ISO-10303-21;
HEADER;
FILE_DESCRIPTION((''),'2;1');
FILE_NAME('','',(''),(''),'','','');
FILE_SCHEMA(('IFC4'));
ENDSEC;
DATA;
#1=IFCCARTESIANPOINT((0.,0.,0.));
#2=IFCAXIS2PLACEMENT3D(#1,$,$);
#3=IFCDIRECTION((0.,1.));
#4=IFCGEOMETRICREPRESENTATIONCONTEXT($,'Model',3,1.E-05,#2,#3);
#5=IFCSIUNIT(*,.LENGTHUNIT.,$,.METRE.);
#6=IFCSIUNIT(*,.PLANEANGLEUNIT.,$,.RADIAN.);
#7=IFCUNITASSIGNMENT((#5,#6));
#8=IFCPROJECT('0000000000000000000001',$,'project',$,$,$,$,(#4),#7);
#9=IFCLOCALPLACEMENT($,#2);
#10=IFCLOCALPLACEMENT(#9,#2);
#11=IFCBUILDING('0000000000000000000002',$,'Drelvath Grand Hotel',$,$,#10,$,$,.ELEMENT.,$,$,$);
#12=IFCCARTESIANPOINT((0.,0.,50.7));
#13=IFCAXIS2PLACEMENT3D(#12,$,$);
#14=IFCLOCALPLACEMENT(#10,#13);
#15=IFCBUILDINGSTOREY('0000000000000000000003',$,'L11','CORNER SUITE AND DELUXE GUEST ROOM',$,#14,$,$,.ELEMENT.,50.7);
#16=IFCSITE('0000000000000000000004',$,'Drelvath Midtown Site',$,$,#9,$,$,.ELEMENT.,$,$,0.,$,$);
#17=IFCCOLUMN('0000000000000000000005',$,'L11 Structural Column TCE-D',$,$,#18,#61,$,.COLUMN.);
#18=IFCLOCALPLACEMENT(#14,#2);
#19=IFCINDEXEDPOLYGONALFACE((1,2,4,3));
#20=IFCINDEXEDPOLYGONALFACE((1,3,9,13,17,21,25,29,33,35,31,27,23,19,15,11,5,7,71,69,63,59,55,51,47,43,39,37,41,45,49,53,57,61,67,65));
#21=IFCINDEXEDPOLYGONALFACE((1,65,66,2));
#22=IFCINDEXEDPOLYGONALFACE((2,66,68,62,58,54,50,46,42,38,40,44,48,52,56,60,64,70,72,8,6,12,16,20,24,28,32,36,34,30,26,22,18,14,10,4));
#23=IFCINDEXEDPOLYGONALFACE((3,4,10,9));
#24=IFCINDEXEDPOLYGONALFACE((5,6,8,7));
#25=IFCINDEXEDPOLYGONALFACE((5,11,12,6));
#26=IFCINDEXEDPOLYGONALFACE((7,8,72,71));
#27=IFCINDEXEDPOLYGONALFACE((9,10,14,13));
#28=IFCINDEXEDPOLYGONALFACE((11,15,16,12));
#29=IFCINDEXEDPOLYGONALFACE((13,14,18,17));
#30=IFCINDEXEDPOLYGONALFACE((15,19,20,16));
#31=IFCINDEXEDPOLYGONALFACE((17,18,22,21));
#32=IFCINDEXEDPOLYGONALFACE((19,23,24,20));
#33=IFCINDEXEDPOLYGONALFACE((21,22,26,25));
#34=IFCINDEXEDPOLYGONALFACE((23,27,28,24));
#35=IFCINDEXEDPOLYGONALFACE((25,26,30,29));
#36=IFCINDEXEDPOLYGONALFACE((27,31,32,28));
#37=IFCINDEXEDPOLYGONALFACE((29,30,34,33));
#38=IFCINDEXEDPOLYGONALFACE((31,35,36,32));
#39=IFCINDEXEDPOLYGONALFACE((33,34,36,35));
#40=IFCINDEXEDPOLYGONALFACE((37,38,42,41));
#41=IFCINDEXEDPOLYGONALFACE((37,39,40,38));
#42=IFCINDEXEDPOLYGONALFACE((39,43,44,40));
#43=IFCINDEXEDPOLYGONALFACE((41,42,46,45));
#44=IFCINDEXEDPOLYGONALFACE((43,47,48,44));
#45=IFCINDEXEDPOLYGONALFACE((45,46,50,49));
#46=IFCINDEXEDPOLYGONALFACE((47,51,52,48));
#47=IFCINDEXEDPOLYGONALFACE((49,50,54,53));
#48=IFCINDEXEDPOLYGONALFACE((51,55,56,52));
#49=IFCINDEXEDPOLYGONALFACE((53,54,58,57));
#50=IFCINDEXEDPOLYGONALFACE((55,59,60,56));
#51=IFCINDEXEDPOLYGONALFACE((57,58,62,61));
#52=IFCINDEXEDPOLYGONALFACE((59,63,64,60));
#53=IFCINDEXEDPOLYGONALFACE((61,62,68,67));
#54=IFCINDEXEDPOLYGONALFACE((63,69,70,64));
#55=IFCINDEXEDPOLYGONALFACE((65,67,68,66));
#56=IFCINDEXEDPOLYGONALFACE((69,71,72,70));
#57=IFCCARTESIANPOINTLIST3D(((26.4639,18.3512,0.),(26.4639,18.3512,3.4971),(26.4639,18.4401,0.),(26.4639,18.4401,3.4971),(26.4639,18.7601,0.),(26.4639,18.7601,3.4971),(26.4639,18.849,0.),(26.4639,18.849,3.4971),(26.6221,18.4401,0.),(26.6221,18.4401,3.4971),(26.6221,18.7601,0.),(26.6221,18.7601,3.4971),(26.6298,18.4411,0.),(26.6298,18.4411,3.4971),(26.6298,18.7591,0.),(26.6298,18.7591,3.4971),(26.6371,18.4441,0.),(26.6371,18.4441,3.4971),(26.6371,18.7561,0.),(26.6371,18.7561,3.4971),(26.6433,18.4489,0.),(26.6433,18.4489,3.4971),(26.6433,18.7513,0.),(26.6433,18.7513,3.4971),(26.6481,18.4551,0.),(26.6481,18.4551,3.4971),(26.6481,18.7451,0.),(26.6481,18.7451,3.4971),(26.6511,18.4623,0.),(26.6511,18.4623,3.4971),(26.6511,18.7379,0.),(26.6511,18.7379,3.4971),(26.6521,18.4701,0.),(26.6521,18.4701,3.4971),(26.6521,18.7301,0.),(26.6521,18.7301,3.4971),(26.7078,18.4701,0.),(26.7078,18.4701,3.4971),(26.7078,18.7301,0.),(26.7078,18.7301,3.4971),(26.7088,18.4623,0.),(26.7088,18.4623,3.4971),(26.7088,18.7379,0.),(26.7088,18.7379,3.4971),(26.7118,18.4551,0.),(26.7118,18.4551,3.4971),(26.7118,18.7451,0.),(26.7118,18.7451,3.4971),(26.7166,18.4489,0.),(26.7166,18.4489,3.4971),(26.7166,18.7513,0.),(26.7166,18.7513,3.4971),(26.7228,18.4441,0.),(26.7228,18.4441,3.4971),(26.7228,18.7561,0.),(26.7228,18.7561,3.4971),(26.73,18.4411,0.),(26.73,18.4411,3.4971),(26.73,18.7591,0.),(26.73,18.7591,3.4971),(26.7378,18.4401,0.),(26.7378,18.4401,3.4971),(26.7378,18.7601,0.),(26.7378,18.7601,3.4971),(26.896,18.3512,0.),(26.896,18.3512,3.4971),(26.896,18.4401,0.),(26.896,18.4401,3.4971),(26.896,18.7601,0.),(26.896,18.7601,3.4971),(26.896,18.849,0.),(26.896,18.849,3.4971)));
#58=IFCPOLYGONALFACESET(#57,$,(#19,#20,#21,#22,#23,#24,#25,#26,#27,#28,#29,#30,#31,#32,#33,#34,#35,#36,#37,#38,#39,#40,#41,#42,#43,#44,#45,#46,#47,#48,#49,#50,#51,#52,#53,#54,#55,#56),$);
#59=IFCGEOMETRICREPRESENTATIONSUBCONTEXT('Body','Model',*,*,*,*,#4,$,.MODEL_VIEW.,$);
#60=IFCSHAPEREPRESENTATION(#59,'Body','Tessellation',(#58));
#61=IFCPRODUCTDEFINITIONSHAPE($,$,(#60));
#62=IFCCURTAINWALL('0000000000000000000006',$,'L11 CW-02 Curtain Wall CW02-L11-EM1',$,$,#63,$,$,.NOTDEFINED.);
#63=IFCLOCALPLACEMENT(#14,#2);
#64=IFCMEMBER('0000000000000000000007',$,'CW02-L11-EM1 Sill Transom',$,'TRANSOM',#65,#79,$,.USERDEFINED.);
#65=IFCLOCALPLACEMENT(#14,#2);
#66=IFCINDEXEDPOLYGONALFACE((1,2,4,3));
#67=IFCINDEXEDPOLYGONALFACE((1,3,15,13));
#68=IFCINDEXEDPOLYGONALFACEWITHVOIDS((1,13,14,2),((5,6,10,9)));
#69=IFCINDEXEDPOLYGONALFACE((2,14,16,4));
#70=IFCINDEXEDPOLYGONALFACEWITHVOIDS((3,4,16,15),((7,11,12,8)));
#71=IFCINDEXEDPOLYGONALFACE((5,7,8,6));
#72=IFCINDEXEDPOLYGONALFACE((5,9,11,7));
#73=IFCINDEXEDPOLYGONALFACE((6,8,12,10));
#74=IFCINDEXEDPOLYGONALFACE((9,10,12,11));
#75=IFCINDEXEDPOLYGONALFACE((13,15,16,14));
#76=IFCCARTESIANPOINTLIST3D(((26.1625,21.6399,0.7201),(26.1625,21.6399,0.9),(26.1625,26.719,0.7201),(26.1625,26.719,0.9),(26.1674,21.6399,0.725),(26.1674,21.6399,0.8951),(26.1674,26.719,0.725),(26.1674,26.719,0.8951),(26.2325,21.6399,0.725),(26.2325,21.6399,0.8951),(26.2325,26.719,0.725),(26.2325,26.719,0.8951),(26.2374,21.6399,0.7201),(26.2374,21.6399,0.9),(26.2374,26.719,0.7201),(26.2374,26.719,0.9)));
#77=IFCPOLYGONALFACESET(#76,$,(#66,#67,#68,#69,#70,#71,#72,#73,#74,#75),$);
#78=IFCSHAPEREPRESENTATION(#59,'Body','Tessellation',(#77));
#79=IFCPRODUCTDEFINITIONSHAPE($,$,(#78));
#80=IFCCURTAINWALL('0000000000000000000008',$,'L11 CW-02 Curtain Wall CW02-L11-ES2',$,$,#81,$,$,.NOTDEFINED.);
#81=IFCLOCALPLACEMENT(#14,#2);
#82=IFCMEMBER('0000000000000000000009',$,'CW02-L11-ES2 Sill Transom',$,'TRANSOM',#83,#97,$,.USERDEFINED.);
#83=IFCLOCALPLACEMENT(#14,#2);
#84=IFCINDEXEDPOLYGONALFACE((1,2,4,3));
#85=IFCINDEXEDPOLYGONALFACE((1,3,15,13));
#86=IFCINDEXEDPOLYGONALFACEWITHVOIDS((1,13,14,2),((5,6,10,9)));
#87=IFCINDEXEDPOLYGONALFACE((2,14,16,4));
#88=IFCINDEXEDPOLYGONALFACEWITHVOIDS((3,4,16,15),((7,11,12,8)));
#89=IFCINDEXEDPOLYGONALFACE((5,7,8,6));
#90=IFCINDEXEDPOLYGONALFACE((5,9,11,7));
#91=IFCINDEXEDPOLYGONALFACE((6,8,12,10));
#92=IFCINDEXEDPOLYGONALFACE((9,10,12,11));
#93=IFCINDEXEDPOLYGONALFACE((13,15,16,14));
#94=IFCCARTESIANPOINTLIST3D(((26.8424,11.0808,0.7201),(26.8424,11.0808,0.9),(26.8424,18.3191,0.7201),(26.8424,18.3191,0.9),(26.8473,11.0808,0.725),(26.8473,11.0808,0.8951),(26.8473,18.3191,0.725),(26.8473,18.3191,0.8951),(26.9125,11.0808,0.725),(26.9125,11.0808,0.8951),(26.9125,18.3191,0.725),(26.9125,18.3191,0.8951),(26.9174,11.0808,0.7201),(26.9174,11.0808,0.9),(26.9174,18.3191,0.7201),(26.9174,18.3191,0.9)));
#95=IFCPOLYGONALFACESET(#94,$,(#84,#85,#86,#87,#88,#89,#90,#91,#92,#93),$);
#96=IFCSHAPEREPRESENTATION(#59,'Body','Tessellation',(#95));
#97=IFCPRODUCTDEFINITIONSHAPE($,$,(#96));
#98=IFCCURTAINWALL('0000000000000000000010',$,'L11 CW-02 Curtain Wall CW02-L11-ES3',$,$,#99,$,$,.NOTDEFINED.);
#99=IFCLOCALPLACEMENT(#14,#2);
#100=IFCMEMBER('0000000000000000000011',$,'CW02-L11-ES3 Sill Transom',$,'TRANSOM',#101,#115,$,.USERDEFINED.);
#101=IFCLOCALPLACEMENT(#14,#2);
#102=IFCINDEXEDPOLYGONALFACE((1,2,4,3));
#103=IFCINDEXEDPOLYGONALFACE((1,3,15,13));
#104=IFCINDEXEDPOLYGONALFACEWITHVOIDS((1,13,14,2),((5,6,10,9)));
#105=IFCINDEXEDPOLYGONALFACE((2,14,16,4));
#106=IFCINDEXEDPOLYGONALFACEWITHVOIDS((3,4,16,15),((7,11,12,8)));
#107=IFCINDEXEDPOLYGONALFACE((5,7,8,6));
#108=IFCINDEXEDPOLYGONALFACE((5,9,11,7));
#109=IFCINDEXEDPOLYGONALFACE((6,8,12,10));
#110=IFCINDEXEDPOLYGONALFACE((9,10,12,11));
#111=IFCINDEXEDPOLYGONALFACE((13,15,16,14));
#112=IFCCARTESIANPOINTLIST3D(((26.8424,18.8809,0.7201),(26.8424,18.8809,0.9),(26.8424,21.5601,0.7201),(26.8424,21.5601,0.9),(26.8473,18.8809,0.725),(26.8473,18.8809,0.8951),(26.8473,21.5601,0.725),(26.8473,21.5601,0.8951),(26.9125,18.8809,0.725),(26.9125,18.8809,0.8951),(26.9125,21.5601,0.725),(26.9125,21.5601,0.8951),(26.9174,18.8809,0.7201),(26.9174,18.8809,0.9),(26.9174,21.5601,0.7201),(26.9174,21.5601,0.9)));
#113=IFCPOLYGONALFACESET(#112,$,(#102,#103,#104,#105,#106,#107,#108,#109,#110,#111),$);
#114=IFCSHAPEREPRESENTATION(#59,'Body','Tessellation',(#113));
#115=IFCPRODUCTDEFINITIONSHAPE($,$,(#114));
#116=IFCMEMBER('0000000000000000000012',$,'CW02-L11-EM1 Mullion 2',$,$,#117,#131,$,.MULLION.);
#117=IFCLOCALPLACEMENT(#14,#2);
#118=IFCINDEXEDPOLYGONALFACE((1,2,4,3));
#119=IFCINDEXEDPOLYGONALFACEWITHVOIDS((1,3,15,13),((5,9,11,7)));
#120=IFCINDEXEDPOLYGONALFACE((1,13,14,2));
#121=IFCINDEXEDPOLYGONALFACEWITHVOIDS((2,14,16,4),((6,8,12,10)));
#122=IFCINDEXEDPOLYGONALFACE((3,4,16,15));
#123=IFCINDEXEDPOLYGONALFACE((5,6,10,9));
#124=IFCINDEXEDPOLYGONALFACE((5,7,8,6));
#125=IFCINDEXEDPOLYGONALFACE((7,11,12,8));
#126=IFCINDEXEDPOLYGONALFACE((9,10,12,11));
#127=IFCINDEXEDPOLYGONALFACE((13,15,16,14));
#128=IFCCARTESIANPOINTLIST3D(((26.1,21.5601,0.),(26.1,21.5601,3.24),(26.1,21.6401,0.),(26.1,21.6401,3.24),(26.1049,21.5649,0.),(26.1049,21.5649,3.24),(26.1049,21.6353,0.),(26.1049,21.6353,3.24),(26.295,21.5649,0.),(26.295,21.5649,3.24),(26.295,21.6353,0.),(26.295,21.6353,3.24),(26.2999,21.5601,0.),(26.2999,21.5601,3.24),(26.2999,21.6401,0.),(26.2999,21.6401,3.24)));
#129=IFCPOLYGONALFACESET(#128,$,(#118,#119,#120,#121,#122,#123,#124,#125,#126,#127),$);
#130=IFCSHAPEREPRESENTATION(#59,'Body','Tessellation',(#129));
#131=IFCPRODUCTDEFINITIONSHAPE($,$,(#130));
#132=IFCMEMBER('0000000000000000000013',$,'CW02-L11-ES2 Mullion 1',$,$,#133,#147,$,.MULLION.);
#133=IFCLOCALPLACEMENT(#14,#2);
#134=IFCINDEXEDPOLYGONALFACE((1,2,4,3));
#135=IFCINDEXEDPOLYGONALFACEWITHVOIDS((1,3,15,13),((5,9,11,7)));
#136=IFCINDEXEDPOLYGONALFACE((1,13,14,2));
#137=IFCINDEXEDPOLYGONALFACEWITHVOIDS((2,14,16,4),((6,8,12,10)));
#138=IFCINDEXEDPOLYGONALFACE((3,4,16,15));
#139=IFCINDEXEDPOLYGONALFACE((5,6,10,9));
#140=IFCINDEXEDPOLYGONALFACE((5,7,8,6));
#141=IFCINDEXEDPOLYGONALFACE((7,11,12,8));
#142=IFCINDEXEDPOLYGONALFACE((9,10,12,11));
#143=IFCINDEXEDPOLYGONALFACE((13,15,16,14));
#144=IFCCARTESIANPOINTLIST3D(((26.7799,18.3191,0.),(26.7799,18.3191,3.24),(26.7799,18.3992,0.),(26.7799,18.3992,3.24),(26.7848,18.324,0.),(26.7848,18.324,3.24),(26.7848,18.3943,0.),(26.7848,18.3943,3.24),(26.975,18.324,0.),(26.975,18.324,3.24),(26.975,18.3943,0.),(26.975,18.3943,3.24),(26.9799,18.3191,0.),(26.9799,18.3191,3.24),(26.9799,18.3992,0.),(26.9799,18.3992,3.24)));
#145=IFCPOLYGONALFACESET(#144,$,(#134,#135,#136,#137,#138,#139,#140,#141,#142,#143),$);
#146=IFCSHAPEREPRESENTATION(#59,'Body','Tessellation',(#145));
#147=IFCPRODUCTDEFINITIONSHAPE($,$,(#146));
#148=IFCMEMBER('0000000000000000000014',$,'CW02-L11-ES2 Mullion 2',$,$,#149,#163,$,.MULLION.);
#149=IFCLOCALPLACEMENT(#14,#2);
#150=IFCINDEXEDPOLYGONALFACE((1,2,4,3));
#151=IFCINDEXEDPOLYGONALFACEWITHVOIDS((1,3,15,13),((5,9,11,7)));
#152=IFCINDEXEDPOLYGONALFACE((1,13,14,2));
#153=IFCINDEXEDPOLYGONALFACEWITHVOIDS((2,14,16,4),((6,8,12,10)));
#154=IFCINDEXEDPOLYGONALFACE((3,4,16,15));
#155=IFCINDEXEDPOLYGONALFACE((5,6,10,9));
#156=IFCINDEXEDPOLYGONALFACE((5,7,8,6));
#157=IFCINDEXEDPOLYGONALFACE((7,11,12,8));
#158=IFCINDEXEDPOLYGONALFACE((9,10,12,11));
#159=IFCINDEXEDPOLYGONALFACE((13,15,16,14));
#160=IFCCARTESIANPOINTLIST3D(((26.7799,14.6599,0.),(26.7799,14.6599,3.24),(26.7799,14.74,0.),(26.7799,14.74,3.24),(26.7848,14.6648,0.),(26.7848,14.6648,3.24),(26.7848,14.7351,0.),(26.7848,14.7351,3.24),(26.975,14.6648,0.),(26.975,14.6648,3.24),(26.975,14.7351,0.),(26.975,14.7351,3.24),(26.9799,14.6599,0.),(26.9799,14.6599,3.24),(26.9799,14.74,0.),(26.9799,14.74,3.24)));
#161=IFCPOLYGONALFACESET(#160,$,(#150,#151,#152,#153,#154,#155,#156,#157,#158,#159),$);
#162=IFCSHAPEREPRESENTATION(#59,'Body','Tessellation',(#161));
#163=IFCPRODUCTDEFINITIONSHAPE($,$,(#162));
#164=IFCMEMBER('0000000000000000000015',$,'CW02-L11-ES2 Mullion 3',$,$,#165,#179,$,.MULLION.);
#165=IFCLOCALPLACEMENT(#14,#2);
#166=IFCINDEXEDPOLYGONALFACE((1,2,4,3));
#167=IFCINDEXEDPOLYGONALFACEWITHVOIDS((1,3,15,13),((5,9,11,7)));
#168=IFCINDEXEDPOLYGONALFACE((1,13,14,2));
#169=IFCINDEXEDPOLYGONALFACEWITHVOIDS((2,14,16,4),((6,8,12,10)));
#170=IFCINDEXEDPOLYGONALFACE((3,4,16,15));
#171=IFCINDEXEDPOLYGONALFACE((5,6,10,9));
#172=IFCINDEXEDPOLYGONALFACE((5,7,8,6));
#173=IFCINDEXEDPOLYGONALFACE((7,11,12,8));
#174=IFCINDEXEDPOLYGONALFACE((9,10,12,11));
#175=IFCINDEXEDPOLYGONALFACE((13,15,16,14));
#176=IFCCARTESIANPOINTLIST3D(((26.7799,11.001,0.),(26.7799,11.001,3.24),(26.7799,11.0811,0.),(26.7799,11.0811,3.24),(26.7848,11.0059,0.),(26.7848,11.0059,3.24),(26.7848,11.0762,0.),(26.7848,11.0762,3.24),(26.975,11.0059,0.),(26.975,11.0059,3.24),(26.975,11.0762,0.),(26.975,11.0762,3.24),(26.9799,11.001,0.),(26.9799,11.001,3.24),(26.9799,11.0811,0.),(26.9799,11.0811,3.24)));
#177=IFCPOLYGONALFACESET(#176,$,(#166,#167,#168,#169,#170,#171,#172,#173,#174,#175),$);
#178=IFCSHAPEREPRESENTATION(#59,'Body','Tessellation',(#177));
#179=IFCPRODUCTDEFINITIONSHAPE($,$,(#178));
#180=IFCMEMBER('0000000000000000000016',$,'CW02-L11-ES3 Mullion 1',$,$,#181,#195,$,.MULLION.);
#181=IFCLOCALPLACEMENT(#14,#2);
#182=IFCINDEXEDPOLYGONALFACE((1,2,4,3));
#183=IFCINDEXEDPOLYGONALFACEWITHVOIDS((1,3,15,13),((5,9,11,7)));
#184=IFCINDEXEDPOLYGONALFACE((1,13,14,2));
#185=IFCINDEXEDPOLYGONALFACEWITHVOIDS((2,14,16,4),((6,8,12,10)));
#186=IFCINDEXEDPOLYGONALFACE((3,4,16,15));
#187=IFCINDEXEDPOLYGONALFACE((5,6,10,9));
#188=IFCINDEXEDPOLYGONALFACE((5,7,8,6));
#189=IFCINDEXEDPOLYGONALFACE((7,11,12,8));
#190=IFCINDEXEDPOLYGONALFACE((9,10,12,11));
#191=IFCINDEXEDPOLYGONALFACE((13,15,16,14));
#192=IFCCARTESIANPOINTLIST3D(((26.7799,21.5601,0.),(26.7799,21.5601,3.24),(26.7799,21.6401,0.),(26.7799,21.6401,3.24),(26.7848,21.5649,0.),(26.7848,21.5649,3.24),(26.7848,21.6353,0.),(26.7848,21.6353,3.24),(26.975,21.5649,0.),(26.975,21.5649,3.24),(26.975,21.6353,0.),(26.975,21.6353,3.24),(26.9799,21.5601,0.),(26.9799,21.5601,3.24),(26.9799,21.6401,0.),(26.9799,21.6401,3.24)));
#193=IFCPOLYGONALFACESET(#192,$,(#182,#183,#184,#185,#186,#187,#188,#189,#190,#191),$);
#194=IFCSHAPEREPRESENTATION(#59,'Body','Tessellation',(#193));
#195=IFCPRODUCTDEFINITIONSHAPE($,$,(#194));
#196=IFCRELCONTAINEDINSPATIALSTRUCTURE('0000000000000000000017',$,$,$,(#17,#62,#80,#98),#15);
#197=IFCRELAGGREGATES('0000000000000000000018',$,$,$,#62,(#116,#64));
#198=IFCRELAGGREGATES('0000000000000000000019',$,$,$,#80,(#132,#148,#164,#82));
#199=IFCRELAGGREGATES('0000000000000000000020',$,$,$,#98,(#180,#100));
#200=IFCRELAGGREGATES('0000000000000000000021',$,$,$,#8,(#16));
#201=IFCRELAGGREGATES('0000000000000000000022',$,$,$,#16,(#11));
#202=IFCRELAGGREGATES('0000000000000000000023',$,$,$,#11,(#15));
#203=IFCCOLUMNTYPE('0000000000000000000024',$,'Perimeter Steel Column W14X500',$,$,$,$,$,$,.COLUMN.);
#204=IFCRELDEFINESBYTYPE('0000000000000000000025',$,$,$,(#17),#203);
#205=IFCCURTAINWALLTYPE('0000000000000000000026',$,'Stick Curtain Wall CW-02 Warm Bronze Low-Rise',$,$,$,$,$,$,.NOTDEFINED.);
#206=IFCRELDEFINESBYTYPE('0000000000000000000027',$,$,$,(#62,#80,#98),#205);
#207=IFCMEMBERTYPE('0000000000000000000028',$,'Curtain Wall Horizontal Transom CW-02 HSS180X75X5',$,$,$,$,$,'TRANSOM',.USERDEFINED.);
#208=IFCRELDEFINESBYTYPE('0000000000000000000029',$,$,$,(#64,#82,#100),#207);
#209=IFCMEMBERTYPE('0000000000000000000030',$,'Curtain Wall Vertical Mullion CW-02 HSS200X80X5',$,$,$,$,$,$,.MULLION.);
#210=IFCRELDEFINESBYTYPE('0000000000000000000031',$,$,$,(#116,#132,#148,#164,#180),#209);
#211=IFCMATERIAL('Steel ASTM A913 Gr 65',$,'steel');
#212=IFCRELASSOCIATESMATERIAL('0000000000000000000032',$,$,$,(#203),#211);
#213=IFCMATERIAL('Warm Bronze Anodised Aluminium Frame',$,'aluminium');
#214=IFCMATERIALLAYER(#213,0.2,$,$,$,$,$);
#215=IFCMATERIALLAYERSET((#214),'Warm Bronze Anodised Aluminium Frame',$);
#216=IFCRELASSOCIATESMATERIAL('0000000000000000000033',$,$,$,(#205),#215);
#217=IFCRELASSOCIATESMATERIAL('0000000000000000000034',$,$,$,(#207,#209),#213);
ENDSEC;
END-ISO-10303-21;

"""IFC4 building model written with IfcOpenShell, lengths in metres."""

from ifc_helpers import new_model, si_unit, direction, frame, origin, origin_2d, place, context, subcontext, project, spatial, hollow_rectangle, i_section, extrude, material, layer, layer_set, material_profile, profile_set, type_object, element, aggregate, save


model = new_model("IFC4")

# Units and contexts
model_context = context("Model", 3, precision=1e-05, world=origin(), true_north=direction((0.0, 1.0)))
body_context = subcontext(model_context, "Body", "Model", "MODEL_VIEW")
ifc_project = project(units=[si_unit("LENGTHUNIT", "METRE"), si_unit("PLANEANGLEUNIT", "RADIAN")], contexts=[model_context])

# Site, building, storey
site_placement = place(None, origin())
site = spatial("IfcSite", under=ifc_project, at=site_placement, Name="Drelvath Midtown Site", CompositionType="ELEMENT", RefElevation=0.0)
building_placement = place(site_placement, origin())
building = spatial("IfcBuilding", under=site, at=building_placement, Name="Drelvath Grand Hotel", CompositionType="ELEMENT")
storey_placement = place(building_placement, frame((0.0, 0.0, 50.7)))
storey = spatial("IfcBuildingStorey", under=building, at=storey_placement, Name="L11", Description="CORNER SUITE AND DELUXE GUEST ROOM", CompositionType="ELEMENT", Elevation=50.7)

# Column
ifc_material_1 = material(Name="Steel ASTM A913 Gr 65", Category="steel")
ifc_material_profile_1 = material_profile(ifc_material_1, i_section(OverallWidth=0.4321, OverallDepth=0.4978, WebThickness=0.0557, FlangeThickness=0.0889, FilletRadius=0.03, at=origin_2d()), Name="W14X500")
ifc_profile_set_1 = profile_set([ifc_material_profile_1], Name="Steel ASTM A913 Gr 65")
column_type = type_object("IfcColumnType", Name="Perimeter Steel Column W14X500", PredefinedType="COLUMN", material=ifc_profile_set_1)
column_placement = place(storey_placement, frame((26.6799, 18.6001, 0.0), z_axis=(0.0, 0.0, 1.0), x_axis=(1.0, 0.0, 0.0)))
element("IfcColumn", 1, at=column_placement, inside=storey, type_object=column_type, Name="L11 Structural Column TCE-D", PredefinedType="COLUMN", context=body_context, shape_type="SweptSolid", body=[
    extrude(i_section(OverallWidth=0.4321, OverallDepth=0.4978, WebThickness=0.0557, FlangeThickness=0.0889, FilletRadius=0.03, at=origin_2d()), origin(), (0.0, 0.0, 1.0), 3.4971),
])

# Curtain walls, members
ifc_material_2 = material(Name="Warm Bronze Anodised Aluminium Frame", Category="aluminium")
ifc_layer_1 = layer(ifc_material_2, 0.2)
ifc_layer_set_1 = layer_set([ifc_layer_1], Name="Warm Bronze Anodised Aluminium Frame")
curtain_wall_type = type_object("IfcCurtainWallType", Name="Stick Curtain Wall CW-02 Warm Bronze Low-Rise", PredefinedType="NOTDEFINED", material=ifc_layer_set_1)
curtain_wall_1_placement = place(storey_placement, origin())
curtain_wall_1 = element("IfcCurtainWall", 2, at=curtain_wall_1_placement, inside=storey, type_object=curtain_wall_type, Name="L11 CW-02 Curtain Wall CW02-L11-EM1", PredefinedType="NOTDEFINED")
ifc_material_profile_2 = material_profile(ifc_material_2, hollow_rectangle(XDim=0.075, YDim=0.1799, WallThickness=0.0049, at=origin_2d()), Name="HSS180X75X5")
ifc_profile_set_2 = profile_set([ifc_material_profile_2], Name="Warm Bronze Anodised Aluminium Frame")
member_type_1 = type_object("IfcMemberType", Name="Curtain Wall Horizontal Transom CW-02 HSS180X75X5", ElementType="TRANSOM", PredefinedType="USERDEFINED", material=ifc_profile_set_2)
member_1_placement = place(storey_placement, frame((26.2, 26.719, 0.8101), z_axis=(0.0, -1.0, 0.0), x_axis=(1.0, 0.0, 0.0)))
member_1 = element("IfcMember", 3, at=member_1_placement, type_object=member_type_1, Name="CW02-L11-EM1 Sill Transom", ObjectType="TRANSOM", PredefinedType="USERDEFINED", context=body_context, shape_type="SweptSolid", body=[
    extrude(hollow_rectangle(XDim=0.075, YDim=0.1799, WallThickness=0.0049, at=origin_2d()), origin(), (0.0, 0.0, 1.0), 5.0791),
])
curtain_wall_2_placement = place(storey_placement, origin())
curtain_wall_2 = element("IfcCurtainWall", 4, at=curtain_wall_2_placement, inside=storey, type_object=curtain_wall_type, Name="L11 CW-02 Curtain Wall CW02-L11-ES2", PredefinedType="NOTDEFINED")
member_2_placement = place(storey_placement, frame((26.8799, 18.3191, 0.8101), z_axis=(0.0, -1.0, 0.0), x_axis=(1.0, 0.0, 0.0)))
member_2 = element("IfcMember", 5, at=member_2_placement, type_object=member_type_1, Name="CW02-L11-ES2 Sill Transom", ObjectType="TRANSOM", PredefinedType="USERDEFINED", context=body_context, shape_type="SweptSolid", body=[
    extrude(hollow_rectangle(XDim=0.075, YDim=0.1799, WallThickness=0.0049, at=origin_2d()), origin(), (0.0, 0.0, 1.0), 7.2383),
])
curtain_wall_3_placement = place(storey_placement, origin())
curtain_wall_3 = element("IfcCurtainWall", 6, at=curtain_wall_3_placement, inside=storey, type_object=curtain_wall_type, Name="L11 CW-02 Curtain Wall CW02-L11-ES3", PredefinedType="NOTDEFINED")
member_3_placement = place(storey_placement, frame((26.8799, 21.5601, 0.8101), z_axis=(0.0, -1.0, 0.0), x_axis=(1.0, 0.0, 0.0)))
member_3 = element("IfcMember", 7, at=member_3_placement, type_object=member_type_1, Name="CW02-L11-ES3 Sill Transom", ObjectType="TRANSOM", PredefinedType="USERDEFINED", context=body_context, shape_type="SweptSolid", body=[
    extrude(hollow_rectangle(XDim=0.075, YDim=0.1799, WallThickness=0.0049, at=origin_2d()), origin(), (0.0, 0.0, 1.0), 2.6792),
])

# Members
ifc_material_profile_3 = material_profile(ifc_material_2, hollow_rectangle(XDim=0.0801, YDim=0.2, WallThickness=0.0049, at=origin_2d()), Name="HSS200X80X5")
ifc_profile_set_3 = profile_set([ifc_material_profile_3], Name="Warm Bronze Anodised Aluminium Frame")
member_type_2 = type_object("IfcMemberType", Name="Curtain Wall Vertical Mullion CW-02 HSS200X80X5", PredefinedType="MULLION", material=ifc_profile_set_3)
member_4_placement = place(storey_placement, frame((26.2, 21.6001, 0.0), z_axis=(0.0, 0.0, 1.0), x_axis=(0.0, 1.0, 0.0)))
member_4 = element("IfcMember", 8, at=member_4_placement, type_object=member_type_2, Name="CW02-L11-EM1 Mullion 2", PredefinedType="MULLION", context=body_context, shape_type="SweptSolid", body=[
    extrude(hollow_rectangle(XDim=0.0801, YDim=0.2, WallThickness=0.0049, at=origin_2d()), origin(), (0.0, 0.0, 1.0), 3.24),
])
member_5_placement = place(storey_placement, frame((26.8799, 18.3591, 0.0), z_axis=(0.0, 0.0, 1.0), x_axis=(0.0, 1.0, 0.0)))
member_5 = element("IfcMember", 9, at=member_5_placement, type_object=member_type_2, Name="CW02-L11-ES2 Mullion 1", PredefinedType="MULLION", context=body_context, shape_type="SweptSolid", body=[
    extrude(hollow_rectangle(XDim=0.0801, YDim=0.2, WallThickness=0.0049, at=origin_2d()), origin(), (0.0, 0.0, 1.0), 3.24),
])
member_6_placement = place(storey_placement, frame((26.8799, 14.7, 0.0), z_axis=(0.0, 0.0, 1.0), x_axis=(0.0, 1.0, 0.0)))
member_6 = element("IfcMember", 10, at=member_6_placement, type_object=member_type_2, Name="CW02-L11-ES2 Mullion 2", PredefinedType="MULLION", context=body_context, shape_type="SweptSolid", body=[
    extrude(hollow_rectangle(XDim=0.0801, YDim=0.2, WallThickness=0.0049, at=origin_2d()), origin(), (0.0, 0.0, 1.0), 3.24),
])
member_7_placement = place(storey_placement, frame((26.8799, 11.041, 0.0), z_axis=(0.0, 0.0, 1.0), x_axis=(0.0, 1.0, 0.0)))
member_7 = element("IfcMember", 11, at=member_7_placement, type_object=member_type_2, Name="CW02-L11-ES2 Mullion 3", PredefinedType="MULLION", context=body_context, shape_type="SweptSolid", body=[
    extrude(hollow_rectangle(XDim=0.0801, YDim=0.2, WallThickness=0.0049, at=origin_2d()), origin(), (0.0, 0.0, 1.0), 3.24),
])
member_8_placement = place(storey_placement, frame((26.8799, 21.6001, 0.0), z_axis=(0.0, 0.0, 1.0), x_axis=(0.0, 1.0, 0.0)))
member_8 = element("IfcMember", 12, at=member_8_placement, type_object=member_type_2, Name="CW02-L11-ES3 Mullion 1", PredefinedType="MULLION", context=body_context, shape_type="SweptSolid", body=[
    extrude(hollow_rectangle(XDim=0.0801, YDim=0.2, WallThickness=0.0049, at=origin_2d()), origin(), (0.0, 0.0, 1.0), 3.24),
])

aggregate(curtain_wall_1, [member_4, member_1])
aggregate(curtain_wall_2, [member_5, member_6, member_7, member_2])
aggregate(curtain_wall_3, [member_8, member_3])

save(model, "model.ifc")
